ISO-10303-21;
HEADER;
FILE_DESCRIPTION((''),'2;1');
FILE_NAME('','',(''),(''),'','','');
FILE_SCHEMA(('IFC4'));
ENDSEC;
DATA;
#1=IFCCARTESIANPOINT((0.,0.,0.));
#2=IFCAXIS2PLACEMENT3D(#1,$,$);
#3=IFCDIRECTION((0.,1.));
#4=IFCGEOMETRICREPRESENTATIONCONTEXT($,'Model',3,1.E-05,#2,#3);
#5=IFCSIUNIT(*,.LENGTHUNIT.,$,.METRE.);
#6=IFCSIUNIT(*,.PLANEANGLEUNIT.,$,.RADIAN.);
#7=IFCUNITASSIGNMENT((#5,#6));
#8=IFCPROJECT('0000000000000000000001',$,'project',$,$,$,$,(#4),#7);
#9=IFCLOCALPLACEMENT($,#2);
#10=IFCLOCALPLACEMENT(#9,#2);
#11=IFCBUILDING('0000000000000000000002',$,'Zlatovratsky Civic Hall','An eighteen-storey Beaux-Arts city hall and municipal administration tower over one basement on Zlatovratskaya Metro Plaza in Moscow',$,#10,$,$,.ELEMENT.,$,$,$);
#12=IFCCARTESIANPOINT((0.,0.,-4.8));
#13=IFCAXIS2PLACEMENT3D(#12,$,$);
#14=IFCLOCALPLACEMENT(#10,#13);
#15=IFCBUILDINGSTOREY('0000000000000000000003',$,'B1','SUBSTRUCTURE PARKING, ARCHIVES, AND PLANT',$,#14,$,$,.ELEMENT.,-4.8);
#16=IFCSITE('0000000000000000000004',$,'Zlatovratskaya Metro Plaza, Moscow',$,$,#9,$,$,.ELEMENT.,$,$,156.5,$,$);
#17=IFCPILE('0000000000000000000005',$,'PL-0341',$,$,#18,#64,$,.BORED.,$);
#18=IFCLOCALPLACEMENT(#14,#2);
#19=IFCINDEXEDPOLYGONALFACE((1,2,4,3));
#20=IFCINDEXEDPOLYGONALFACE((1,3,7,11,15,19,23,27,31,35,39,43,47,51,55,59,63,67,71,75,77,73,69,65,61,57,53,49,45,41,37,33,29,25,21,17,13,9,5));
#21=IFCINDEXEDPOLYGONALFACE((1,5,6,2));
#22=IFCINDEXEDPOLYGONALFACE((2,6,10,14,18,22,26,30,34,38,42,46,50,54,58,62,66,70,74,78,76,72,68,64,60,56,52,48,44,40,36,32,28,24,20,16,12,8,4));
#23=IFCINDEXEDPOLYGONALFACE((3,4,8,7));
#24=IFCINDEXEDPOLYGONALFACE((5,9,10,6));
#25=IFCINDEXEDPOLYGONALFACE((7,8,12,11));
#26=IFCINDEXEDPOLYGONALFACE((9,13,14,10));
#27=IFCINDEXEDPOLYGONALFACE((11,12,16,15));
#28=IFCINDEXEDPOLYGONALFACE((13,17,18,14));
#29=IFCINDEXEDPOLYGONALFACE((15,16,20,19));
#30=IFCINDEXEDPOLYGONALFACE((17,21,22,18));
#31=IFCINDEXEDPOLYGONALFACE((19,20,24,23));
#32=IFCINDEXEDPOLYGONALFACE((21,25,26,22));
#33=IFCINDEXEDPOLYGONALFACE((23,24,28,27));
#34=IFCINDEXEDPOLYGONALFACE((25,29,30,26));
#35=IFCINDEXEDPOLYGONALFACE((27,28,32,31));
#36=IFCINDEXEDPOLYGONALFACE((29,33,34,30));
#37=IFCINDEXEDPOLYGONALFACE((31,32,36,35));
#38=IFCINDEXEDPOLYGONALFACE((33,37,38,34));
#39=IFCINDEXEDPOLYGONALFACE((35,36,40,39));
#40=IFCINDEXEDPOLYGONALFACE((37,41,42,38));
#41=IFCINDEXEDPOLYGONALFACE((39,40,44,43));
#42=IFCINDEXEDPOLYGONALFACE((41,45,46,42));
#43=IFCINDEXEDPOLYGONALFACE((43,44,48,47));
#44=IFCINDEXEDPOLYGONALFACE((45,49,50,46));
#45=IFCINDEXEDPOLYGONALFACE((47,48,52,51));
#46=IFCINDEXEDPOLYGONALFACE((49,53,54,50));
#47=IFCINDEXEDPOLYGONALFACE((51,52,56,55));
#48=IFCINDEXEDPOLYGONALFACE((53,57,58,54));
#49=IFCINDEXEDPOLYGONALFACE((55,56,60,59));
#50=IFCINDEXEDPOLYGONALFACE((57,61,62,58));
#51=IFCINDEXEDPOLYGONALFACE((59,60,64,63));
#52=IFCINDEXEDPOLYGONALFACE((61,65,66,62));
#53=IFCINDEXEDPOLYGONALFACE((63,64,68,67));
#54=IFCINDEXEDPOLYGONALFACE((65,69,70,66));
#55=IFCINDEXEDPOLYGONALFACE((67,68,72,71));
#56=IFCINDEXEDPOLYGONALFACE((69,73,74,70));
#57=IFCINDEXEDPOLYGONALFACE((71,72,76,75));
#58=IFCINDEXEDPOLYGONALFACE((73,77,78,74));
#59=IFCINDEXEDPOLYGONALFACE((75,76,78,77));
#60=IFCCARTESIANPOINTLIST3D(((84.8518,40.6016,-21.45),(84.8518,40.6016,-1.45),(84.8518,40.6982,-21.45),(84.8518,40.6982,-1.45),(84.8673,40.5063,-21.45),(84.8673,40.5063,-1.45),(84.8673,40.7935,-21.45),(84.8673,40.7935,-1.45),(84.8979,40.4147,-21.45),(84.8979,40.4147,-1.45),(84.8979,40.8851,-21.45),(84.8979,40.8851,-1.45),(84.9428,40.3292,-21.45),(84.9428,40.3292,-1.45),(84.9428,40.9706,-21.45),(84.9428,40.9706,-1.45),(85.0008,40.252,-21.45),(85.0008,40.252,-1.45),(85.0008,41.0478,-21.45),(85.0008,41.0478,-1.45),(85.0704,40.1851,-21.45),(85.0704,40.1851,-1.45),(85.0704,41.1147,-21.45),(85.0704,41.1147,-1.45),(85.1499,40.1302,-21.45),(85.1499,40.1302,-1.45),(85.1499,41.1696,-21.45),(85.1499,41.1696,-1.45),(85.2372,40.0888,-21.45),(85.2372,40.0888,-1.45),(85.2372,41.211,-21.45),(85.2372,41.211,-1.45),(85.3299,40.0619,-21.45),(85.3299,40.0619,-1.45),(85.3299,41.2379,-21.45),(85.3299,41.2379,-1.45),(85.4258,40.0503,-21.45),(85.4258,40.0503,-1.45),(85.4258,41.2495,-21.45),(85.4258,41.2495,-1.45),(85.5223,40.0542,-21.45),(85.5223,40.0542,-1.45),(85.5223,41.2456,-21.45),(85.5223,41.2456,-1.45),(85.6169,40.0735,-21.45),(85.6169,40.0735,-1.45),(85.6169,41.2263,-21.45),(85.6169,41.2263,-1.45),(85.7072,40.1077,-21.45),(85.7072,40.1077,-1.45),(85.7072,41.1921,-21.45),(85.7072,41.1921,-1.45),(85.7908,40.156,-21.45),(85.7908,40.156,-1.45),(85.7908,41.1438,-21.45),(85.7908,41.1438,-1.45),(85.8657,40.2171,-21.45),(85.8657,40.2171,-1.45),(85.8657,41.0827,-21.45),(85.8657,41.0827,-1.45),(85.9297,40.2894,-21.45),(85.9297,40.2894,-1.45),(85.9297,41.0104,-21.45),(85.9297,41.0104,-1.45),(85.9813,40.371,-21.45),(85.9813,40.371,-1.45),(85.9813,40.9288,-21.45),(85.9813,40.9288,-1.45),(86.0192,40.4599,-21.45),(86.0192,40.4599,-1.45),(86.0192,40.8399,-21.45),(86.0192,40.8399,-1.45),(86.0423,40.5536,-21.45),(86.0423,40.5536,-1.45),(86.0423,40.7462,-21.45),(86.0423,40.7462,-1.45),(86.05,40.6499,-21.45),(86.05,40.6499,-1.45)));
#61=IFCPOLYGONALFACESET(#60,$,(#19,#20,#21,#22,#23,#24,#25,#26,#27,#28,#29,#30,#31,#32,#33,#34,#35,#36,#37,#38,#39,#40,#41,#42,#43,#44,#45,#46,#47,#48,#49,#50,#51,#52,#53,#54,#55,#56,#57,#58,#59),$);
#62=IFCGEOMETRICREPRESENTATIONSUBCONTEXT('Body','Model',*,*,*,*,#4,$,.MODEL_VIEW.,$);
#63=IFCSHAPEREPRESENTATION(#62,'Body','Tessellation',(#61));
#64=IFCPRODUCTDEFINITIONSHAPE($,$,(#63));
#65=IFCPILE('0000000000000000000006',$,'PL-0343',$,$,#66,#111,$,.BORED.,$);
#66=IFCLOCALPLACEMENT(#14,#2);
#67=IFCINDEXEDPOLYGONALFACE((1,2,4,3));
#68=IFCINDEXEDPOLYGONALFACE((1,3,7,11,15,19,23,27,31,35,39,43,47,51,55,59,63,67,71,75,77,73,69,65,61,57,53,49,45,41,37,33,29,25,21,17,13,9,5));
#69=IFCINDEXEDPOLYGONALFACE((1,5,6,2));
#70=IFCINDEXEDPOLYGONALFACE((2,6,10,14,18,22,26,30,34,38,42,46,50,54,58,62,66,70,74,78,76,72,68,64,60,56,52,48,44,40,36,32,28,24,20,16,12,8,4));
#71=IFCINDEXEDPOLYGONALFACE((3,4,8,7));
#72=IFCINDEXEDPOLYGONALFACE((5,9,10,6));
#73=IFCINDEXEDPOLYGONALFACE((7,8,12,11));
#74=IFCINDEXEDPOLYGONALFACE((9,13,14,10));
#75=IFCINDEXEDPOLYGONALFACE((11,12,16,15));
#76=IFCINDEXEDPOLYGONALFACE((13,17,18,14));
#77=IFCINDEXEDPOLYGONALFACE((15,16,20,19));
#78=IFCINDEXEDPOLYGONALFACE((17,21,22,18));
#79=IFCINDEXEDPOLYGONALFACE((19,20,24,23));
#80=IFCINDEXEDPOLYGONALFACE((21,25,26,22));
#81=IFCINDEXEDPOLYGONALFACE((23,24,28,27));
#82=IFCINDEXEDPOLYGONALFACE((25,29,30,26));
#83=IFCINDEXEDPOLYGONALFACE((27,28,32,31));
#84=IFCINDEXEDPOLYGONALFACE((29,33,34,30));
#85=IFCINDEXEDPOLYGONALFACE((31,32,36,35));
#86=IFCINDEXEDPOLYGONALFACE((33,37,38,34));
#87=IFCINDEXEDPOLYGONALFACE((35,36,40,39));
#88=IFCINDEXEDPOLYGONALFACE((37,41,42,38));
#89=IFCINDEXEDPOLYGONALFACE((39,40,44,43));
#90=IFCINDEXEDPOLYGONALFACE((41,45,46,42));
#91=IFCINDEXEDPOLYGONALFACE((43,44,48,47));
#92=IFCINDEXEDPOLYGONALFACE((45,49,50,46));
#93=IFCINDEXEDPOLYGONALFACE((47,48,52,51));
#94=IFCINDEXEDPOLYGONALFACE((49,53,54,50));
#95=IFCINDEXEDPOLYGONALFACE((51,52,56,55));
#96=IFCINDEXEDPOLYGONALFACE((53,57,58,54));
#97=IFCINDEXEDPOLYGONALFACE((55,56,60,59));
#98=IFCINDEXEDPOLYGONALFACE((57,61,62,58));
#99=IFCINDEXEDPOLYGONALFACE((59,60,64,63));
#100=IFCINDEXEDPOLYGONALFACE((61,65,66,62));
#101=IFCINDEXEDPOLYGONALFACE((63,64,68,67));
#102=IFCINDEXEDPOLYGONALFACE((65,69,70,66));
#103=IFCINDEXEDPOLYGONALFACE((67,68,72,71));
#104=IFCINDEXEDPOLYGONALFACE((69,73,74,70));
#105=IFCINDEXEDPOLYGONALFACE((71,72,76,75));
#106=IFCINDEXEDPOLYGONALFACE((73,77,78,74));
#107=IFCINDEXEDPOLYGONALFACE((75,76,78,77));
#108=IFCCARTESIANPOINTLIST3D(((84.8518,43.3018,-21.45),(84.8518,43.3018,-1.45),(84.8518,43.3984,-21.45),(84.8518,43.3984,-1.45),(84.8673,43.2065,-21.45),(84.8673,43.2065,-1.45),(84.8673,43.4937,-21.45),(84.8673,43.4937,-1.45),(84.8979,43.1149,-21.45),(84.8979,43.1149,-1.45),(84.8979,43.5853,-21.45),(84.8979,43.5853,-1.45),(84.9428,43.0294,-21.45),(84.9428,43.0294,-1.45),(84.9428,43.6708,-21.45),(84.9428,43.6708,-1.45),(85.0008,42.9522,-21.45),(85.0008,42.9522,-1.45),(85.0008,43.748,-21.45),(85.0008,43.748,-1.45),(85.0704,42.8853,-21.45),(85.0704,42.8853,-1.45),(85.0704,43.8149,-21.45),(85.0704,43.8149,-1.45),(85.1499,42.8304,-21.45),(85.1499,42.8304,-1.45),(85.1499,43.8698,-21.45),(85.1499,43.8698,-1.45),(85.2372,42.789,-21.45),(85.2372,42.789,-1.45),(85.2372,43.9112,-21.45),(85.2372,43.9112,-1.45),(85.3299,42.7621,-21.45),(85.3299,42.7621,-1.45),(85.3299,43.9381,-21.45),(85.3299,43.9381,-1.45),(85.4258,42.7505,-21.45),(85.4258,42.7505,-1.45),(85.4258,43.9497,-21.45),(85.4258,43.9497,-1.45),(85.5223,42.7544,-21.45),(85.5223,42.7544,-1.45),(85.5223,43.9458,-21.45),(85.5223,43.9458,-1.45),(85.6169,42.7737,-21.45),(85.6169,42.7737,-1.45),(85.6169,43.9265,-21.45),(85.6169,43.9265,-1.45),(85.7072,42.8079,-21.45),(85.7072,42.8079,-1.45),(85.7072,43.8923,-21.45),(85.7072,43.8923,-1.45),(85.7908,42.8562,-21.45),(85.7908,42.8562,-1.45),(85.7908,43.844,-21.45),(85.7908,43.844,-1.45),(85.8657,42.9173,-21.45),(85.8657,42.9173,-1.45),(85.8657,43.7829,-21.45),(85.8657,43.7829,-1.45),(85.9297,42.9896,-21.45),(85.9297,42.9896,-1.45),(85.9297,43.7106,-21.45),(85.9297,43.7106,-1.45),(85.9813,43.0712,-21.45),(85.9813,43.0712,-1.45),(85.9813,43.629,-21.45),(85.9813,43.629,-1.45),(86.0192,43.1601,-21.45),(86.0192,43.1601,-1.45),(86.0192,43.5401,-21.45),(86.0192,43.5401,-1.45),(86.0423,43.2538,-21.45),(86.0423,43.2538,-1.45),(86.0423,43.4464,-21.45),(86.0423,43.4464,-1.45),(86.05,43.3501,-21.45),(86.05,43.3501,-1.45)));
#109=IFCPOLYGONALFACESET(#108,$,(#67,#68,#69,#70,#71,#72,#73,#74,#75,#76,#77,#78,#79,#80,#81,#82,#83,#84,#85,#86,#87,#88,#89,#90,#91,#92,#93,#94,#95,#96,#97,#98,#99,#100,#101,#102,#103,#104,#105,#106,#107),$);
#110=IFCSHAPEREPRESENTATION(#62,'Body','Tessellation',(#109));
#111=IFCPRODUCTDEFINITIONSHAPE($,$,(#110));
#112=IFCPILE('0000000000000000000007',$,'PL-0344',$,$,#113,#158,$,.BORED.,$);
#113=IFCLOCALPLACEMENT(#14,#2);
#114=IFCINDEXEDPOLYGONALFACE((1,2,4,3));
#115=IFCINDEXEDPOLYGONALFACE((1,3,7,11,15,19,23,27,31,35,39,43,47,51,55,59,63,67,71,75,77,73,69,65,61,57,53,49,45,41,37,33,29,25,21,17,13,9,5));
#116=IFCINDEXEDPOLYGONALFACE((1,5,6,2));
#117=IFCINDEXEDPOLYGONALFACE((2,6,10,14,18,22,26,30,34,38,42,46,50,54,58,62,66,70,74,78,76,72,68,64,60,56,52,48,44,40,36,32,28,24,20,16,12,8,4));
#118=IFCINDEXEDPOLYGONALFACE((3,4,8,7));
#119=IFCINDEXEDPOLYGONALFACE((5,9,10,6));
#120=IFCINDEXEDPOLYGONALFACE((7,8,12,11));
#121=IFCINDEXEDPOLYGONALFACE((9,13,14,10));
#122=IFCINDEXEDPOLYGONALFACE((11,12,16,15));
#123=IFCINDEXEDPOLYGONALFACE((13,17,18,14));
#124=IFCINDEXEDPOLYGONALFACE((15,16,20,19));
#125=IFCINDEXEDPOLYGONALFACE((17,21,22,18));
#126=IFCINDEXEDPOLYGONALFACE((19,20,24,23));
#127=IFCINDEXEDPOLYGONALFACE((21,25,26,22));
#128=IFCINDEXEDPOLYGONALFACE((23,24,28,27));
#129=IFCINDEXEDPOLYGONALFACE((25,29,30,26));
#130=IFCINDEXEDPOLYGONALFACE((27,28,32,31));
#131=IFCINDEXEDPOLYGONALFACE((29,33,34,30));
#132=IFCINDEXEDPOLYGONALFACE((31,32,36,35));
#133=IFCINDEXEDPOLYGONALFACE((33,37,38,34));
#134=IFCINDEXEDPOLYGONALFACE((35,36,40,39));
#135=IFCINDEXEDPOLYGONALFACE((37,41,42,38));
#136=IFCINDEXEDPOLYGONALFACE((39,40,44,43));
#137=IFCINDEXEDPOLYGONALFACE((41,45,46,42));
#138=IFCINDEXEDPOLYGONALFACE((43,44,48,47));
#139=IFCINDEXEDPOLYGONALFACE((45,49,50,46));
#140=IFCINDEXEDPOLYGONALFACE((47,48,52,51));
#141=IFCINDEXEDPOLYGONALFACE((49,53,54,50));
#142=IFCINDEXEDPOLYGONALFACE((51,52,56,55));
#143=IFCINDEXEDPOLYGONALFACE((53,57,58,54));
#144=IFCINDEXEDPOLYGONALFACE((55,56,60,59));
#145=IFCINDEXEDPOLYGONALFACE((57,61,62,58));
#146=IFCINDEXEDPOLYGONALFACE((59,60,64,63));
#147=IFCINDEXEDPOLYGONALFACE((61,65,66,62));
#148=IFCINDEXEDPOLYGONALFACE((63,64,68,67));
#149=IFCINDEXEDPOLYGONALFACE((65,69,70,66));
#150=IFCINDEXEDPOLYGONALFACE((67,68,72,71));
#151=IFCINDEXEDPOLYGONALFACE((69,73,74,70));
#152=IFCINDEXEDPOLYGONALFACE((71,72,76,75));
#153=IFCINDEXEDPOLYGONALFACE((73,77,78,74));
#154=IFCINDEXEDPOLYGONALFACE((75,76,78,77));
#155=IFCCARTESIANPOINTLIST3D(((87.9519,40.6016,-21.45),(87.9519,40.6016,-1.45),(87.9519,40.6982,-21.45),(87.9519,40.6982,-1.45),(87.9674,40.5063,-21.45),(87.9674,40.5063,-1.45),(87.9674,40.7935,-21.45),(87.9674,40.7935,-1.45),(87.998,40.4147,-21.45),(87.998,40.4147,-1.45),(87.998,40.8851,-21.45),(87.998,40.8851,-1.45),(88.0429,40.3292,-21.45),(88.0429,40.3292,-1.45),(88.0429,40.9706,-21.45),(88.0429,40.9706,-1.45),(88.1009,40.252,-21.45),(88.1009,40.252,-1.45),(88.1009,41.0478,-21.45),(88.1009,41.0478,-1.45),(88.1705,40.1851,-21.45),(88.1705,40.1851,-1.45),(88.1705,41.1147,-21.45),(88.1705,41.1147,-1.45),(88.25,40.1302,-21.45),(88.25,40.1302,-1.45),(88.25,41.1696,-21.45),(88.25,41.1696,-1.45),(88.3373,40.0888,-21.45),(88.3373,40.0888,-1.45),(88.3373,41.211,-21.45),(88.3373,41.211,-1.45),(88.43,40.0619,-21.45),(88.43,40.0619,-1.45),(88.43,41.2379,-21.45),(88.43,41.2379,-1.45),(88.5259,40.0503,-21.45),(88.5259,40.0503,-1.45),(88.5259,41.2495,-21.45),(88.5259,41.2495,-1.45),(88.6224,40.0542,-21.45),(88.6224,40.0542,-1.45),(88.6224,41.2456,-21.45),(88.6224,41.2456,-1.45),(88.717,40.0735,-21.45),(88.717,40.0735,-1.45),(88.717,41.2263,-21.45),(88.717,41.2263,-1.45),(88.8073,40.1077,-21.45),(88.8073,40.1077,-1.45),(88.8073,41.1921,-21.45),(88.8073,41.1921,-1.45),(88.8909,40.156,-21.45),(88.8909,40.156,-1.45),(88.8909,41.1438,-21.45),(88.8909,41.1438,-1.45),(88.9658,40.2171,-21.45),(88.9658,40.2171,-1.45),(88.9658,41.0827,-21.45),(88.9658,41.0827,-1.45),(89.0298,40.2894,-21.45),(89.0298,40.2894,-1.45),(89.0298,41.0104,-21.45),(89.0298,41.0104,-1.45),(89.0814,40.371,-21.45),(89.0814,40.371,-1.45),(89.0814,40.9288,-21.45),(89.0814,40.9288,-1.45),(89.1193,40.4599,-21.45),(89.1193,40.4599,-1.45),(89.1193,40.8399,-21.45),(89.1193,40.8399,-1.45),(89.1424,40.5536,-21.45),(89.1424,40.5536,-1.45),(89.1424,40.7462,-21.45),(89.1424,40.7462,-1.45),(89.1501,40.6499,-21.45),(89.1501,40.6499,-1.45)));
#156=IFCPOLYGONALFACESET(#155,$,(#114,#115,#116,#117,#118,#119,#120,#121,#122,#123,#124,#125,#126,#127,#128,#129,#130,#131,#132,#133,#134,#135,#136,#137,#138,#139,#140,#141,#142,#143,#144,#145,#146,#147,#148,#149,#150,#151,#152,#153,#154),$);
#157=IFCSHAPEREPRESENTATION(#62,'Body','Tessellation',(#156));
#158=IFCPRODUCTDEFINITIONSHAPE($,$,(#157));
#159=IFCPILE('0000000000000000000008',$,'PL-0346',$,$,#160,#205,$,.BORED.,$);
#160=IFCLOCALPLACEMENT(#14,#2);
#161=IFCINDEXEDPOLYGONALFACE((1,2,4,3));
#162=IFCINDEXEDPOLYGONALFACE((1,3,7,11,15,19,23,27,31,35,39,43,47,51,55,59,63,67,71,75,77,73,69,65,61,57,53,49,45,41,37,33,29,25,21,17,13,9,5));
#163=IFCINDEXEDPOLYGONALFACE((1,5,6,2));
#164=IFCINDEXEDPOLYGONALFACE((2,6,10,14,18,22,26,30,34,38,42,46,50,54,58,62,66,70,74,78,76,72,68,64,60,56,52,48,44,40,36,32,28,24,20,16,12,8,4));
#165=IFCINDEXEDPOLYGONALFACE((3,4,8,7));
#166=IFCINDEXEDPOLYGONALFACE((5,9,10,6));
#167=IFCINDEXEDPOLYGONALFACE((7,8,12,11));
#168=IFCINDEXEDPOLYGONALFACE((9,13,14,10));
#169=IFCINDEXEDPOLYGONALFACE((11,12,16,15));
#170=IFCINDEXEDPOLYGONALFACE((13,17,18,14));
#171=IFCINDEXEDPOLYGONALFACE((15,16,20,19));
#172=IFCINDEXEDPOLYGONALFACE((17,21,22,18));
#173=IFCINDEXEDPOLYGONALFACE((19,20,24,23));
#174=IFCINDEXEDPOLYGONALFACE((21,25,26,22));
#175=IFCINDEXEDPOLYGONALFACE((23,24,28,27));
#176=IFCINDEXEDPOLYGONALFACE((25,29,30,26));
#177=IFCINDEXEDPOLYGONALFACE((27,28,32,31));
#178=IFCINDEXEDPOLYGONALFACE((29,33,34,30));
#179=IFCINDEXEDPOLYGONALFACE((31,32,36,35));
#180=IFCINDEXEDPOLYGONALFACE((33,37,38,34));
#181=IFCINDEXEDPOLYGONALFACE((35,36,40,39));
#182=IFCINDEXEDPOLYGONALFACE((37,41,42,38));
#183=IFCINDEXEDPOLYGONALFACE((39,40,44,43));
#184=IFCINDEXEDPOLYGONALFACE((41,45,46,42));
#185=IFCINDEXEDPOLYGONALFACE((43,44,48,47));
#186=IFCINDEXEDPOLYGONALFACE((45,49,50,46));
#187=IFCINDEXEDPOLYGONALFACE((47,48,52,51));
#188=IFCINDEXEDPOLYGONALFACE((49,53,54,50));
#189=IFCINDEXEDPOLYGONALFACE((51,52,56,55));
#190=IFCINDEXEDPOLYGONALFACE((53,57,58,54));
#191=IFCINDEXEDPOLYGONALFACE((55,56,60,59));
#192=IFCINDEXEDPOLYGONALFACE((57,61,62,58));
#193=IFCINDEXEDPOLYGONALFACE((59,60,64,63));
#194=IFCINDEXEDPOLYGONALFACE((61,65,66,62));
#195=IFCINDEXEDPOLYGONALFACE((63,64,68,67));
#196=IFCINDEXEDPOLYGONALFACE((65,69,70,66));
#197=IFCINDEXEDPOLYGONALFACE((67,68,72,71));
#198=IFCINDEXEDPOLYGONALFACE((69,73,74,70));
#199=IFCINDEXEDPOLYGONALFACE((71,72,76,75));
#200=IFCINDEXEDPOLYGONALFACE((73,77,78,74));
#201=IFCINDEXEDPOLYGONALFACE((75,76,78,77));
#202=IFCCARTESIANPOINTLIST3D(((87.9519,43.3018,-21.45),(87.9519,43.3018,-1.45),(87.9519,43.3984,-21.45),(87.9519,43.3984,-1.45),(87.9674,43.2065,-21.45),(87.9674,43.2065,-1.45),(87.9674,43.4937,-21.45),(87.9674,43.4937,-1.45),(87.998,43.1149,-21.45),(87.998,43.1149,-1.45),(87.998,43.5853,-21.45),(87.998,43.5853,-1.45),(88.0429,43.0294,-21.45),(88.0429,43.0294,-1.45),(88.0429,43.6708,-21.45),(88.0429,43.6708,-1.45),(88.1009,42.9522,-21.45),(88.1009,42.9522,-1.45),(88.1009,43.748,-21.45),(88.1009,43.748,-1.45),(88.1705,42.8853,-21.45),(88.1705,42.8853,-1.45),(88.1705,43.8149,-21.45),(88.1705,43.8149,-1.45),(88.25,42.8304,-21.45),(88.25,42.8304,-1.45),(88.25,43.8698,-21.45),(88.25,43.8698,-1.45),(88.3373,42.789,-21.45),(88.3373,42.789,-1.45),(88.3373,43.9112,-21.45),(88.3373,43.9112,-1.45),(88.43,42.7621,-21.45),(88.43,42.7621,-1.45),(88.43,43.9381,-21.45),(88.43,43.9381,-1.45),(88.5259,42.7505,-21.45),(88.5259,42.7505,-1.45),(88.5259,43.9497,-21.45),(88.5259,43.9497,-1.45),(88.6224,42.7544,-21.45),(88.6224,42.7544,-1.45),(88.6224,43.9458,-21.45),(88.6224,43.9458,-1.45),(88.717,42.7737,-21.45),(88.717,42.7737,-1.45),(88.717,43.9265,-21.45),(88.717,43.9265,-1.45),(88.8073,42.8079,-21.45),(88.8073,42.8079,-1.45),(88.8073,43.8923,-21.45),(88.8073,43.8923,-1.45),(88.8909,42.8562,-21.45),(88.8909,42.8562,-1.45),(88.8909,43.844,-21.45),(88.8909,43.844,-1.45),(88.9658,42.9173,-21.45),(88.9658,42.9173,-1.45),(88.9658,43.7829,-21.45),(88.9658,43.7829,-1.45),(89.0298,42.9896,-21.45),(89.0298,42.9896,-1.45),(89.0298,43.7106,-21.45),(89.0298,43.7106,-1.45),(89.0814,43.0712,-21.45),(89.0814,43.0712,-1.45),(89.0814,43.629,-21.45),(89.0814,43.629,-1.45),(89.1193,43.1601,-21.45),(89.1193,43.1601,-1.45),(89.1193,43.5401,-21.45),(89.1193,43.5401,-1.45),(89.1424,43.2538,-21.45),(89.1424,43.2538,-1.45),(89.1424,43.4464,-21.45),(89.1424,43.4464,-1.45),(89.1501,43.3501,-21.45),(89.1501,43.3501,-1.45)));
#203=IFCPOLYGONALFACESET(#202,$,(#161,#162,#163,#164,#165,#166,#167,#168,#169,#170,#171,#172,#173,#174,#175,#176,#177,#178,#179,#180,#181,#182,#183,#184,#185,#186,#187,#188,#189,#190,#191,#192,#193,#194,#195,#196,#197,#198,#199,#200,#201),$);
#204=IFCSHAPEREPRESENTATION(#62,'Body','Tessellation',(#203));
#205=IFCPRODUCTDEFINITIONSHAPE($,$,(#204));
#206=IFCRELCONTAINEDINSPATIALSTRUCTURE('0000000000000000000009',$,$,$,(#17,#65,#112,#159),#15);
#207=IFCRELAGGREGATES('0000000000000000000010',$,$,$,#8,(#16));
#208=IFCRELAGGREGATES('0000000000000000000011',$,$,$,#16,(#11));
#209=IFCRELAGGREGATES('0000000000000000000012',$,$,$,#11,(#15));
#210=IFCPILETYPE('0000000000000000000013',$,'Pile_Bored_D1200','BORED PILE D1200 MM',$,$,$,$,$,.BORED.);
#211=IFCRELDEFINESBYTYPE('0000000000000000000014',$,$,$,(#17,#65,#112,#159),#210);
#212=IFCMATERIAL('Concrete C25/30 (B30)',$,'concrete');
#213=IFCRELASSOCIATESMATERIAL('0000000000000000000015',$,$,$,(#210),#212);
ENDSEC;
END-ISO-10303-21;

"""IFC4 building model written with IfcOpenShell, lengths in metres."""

from ifc_helpers import new_model, si_unit, direction, frame, origin, origin_2d, place, context, subcontext, project, spatial, circle, extrude, material, material_profile, profile_set, type_object, element, save


model = new_model("IFC4")

# Units and contexts
model_context = context("Model", 3, precision=1e-05, world=origin(), true_north=direction((0.0, 1.0)))
body_context = subcontext(model_context, "Body", "Model", "MODEL_VIEW")
ifc_project = project(units=[si_unit("LENGTHUNIT", "METRE"), si_unit("PLANEANGLEUNIT", "RADIAN")], contexts=[model_context])

# Site, building, storey
site_placement = place(None, origin())
site = spatial("IfcSite", under=ifc_project, at=site_placement, Name="Zlatovratskaya Metro Plaza, Moscow", CompositionType="ELEMENT", RefElevation=156.5)
building_placement = place(site_placement, origin())
building = spatial("IfcBuilding", under=site, at=building_placement, Name="Zlatovratsky Civic Hall", Description="An eighteen-storey Beaux-Arts city hall and municipal administration tower over one basement on Zlatovratskaya Metro Plaza in Moscow", CompositionType="ELEMENT")
storey_placement = place(building_placement, frame((0.0, 0.0, -4.8)))
storey = spatial("IfcBuildingStorey", under=building, at=storey_placement, Name="B1", Description="SUBSTRUCTURE PARKING, ARCHIVES, AND PLANT", CompositionType="ELEMENT", Elevation=-4.8)

# Shared definitions
ifc_material_1 = material(Name="Concrete C25/30 (B30)", Category="concrete")

# Piles
ifc_material_profile_1 = material_profile(ifc_material_1, circle(Radius=0.6001, at=origin_2d()), Name="PILE D1200")
ifc_profile_set_1 = profile_set([ifc_material_profile_1], Name="Concrete C25/30 (B30)")
pile_type_1 = type_object("IfcPileType", Name="Pile_Bored_D1200", Description="BORED PILE D1200 MM", PredefinedType="BORED", material=ifc_profile_set_1)
for number, where, z_axis, x_axis, name in (
    (1, (85.45, 40.6499, -1.45), (0.0, 0.0, -1.0), (1.0, 0.0, 0.0), "PL-0341"),
    (2, (85.45, 43.3501, -1.45), (0.0, 0.0, -1.0), (1.0, 0.0, 0.0), "PL-0343"),
    (3, (88.55, 40.6499, -1.45), (0.0, 0.0, -1.0), (1.0, 0.0, 0.0), "PL-0344"),
    (4, (88.55, 43.3501, -1.45), (0.0, 0.0, -1.0), (1.0, 0.0, 0.0), "PL-0346"),
):
    element("IfcPile", number, at=place(storey_placement, frame(where, z_axis=z_axis, x_axis=x_axis)), inside=storey, type_object=pile_type_1, Name=name, PredefinedType="BORED", context=body_context, shape_type="SweptSolid", body=[
        extrude(circle(Radius=0.6001, at=origin_2d()), origin(), (0.0, 0.0, 1.0), 20.0),
    ])

save(model, "model.ifc")
